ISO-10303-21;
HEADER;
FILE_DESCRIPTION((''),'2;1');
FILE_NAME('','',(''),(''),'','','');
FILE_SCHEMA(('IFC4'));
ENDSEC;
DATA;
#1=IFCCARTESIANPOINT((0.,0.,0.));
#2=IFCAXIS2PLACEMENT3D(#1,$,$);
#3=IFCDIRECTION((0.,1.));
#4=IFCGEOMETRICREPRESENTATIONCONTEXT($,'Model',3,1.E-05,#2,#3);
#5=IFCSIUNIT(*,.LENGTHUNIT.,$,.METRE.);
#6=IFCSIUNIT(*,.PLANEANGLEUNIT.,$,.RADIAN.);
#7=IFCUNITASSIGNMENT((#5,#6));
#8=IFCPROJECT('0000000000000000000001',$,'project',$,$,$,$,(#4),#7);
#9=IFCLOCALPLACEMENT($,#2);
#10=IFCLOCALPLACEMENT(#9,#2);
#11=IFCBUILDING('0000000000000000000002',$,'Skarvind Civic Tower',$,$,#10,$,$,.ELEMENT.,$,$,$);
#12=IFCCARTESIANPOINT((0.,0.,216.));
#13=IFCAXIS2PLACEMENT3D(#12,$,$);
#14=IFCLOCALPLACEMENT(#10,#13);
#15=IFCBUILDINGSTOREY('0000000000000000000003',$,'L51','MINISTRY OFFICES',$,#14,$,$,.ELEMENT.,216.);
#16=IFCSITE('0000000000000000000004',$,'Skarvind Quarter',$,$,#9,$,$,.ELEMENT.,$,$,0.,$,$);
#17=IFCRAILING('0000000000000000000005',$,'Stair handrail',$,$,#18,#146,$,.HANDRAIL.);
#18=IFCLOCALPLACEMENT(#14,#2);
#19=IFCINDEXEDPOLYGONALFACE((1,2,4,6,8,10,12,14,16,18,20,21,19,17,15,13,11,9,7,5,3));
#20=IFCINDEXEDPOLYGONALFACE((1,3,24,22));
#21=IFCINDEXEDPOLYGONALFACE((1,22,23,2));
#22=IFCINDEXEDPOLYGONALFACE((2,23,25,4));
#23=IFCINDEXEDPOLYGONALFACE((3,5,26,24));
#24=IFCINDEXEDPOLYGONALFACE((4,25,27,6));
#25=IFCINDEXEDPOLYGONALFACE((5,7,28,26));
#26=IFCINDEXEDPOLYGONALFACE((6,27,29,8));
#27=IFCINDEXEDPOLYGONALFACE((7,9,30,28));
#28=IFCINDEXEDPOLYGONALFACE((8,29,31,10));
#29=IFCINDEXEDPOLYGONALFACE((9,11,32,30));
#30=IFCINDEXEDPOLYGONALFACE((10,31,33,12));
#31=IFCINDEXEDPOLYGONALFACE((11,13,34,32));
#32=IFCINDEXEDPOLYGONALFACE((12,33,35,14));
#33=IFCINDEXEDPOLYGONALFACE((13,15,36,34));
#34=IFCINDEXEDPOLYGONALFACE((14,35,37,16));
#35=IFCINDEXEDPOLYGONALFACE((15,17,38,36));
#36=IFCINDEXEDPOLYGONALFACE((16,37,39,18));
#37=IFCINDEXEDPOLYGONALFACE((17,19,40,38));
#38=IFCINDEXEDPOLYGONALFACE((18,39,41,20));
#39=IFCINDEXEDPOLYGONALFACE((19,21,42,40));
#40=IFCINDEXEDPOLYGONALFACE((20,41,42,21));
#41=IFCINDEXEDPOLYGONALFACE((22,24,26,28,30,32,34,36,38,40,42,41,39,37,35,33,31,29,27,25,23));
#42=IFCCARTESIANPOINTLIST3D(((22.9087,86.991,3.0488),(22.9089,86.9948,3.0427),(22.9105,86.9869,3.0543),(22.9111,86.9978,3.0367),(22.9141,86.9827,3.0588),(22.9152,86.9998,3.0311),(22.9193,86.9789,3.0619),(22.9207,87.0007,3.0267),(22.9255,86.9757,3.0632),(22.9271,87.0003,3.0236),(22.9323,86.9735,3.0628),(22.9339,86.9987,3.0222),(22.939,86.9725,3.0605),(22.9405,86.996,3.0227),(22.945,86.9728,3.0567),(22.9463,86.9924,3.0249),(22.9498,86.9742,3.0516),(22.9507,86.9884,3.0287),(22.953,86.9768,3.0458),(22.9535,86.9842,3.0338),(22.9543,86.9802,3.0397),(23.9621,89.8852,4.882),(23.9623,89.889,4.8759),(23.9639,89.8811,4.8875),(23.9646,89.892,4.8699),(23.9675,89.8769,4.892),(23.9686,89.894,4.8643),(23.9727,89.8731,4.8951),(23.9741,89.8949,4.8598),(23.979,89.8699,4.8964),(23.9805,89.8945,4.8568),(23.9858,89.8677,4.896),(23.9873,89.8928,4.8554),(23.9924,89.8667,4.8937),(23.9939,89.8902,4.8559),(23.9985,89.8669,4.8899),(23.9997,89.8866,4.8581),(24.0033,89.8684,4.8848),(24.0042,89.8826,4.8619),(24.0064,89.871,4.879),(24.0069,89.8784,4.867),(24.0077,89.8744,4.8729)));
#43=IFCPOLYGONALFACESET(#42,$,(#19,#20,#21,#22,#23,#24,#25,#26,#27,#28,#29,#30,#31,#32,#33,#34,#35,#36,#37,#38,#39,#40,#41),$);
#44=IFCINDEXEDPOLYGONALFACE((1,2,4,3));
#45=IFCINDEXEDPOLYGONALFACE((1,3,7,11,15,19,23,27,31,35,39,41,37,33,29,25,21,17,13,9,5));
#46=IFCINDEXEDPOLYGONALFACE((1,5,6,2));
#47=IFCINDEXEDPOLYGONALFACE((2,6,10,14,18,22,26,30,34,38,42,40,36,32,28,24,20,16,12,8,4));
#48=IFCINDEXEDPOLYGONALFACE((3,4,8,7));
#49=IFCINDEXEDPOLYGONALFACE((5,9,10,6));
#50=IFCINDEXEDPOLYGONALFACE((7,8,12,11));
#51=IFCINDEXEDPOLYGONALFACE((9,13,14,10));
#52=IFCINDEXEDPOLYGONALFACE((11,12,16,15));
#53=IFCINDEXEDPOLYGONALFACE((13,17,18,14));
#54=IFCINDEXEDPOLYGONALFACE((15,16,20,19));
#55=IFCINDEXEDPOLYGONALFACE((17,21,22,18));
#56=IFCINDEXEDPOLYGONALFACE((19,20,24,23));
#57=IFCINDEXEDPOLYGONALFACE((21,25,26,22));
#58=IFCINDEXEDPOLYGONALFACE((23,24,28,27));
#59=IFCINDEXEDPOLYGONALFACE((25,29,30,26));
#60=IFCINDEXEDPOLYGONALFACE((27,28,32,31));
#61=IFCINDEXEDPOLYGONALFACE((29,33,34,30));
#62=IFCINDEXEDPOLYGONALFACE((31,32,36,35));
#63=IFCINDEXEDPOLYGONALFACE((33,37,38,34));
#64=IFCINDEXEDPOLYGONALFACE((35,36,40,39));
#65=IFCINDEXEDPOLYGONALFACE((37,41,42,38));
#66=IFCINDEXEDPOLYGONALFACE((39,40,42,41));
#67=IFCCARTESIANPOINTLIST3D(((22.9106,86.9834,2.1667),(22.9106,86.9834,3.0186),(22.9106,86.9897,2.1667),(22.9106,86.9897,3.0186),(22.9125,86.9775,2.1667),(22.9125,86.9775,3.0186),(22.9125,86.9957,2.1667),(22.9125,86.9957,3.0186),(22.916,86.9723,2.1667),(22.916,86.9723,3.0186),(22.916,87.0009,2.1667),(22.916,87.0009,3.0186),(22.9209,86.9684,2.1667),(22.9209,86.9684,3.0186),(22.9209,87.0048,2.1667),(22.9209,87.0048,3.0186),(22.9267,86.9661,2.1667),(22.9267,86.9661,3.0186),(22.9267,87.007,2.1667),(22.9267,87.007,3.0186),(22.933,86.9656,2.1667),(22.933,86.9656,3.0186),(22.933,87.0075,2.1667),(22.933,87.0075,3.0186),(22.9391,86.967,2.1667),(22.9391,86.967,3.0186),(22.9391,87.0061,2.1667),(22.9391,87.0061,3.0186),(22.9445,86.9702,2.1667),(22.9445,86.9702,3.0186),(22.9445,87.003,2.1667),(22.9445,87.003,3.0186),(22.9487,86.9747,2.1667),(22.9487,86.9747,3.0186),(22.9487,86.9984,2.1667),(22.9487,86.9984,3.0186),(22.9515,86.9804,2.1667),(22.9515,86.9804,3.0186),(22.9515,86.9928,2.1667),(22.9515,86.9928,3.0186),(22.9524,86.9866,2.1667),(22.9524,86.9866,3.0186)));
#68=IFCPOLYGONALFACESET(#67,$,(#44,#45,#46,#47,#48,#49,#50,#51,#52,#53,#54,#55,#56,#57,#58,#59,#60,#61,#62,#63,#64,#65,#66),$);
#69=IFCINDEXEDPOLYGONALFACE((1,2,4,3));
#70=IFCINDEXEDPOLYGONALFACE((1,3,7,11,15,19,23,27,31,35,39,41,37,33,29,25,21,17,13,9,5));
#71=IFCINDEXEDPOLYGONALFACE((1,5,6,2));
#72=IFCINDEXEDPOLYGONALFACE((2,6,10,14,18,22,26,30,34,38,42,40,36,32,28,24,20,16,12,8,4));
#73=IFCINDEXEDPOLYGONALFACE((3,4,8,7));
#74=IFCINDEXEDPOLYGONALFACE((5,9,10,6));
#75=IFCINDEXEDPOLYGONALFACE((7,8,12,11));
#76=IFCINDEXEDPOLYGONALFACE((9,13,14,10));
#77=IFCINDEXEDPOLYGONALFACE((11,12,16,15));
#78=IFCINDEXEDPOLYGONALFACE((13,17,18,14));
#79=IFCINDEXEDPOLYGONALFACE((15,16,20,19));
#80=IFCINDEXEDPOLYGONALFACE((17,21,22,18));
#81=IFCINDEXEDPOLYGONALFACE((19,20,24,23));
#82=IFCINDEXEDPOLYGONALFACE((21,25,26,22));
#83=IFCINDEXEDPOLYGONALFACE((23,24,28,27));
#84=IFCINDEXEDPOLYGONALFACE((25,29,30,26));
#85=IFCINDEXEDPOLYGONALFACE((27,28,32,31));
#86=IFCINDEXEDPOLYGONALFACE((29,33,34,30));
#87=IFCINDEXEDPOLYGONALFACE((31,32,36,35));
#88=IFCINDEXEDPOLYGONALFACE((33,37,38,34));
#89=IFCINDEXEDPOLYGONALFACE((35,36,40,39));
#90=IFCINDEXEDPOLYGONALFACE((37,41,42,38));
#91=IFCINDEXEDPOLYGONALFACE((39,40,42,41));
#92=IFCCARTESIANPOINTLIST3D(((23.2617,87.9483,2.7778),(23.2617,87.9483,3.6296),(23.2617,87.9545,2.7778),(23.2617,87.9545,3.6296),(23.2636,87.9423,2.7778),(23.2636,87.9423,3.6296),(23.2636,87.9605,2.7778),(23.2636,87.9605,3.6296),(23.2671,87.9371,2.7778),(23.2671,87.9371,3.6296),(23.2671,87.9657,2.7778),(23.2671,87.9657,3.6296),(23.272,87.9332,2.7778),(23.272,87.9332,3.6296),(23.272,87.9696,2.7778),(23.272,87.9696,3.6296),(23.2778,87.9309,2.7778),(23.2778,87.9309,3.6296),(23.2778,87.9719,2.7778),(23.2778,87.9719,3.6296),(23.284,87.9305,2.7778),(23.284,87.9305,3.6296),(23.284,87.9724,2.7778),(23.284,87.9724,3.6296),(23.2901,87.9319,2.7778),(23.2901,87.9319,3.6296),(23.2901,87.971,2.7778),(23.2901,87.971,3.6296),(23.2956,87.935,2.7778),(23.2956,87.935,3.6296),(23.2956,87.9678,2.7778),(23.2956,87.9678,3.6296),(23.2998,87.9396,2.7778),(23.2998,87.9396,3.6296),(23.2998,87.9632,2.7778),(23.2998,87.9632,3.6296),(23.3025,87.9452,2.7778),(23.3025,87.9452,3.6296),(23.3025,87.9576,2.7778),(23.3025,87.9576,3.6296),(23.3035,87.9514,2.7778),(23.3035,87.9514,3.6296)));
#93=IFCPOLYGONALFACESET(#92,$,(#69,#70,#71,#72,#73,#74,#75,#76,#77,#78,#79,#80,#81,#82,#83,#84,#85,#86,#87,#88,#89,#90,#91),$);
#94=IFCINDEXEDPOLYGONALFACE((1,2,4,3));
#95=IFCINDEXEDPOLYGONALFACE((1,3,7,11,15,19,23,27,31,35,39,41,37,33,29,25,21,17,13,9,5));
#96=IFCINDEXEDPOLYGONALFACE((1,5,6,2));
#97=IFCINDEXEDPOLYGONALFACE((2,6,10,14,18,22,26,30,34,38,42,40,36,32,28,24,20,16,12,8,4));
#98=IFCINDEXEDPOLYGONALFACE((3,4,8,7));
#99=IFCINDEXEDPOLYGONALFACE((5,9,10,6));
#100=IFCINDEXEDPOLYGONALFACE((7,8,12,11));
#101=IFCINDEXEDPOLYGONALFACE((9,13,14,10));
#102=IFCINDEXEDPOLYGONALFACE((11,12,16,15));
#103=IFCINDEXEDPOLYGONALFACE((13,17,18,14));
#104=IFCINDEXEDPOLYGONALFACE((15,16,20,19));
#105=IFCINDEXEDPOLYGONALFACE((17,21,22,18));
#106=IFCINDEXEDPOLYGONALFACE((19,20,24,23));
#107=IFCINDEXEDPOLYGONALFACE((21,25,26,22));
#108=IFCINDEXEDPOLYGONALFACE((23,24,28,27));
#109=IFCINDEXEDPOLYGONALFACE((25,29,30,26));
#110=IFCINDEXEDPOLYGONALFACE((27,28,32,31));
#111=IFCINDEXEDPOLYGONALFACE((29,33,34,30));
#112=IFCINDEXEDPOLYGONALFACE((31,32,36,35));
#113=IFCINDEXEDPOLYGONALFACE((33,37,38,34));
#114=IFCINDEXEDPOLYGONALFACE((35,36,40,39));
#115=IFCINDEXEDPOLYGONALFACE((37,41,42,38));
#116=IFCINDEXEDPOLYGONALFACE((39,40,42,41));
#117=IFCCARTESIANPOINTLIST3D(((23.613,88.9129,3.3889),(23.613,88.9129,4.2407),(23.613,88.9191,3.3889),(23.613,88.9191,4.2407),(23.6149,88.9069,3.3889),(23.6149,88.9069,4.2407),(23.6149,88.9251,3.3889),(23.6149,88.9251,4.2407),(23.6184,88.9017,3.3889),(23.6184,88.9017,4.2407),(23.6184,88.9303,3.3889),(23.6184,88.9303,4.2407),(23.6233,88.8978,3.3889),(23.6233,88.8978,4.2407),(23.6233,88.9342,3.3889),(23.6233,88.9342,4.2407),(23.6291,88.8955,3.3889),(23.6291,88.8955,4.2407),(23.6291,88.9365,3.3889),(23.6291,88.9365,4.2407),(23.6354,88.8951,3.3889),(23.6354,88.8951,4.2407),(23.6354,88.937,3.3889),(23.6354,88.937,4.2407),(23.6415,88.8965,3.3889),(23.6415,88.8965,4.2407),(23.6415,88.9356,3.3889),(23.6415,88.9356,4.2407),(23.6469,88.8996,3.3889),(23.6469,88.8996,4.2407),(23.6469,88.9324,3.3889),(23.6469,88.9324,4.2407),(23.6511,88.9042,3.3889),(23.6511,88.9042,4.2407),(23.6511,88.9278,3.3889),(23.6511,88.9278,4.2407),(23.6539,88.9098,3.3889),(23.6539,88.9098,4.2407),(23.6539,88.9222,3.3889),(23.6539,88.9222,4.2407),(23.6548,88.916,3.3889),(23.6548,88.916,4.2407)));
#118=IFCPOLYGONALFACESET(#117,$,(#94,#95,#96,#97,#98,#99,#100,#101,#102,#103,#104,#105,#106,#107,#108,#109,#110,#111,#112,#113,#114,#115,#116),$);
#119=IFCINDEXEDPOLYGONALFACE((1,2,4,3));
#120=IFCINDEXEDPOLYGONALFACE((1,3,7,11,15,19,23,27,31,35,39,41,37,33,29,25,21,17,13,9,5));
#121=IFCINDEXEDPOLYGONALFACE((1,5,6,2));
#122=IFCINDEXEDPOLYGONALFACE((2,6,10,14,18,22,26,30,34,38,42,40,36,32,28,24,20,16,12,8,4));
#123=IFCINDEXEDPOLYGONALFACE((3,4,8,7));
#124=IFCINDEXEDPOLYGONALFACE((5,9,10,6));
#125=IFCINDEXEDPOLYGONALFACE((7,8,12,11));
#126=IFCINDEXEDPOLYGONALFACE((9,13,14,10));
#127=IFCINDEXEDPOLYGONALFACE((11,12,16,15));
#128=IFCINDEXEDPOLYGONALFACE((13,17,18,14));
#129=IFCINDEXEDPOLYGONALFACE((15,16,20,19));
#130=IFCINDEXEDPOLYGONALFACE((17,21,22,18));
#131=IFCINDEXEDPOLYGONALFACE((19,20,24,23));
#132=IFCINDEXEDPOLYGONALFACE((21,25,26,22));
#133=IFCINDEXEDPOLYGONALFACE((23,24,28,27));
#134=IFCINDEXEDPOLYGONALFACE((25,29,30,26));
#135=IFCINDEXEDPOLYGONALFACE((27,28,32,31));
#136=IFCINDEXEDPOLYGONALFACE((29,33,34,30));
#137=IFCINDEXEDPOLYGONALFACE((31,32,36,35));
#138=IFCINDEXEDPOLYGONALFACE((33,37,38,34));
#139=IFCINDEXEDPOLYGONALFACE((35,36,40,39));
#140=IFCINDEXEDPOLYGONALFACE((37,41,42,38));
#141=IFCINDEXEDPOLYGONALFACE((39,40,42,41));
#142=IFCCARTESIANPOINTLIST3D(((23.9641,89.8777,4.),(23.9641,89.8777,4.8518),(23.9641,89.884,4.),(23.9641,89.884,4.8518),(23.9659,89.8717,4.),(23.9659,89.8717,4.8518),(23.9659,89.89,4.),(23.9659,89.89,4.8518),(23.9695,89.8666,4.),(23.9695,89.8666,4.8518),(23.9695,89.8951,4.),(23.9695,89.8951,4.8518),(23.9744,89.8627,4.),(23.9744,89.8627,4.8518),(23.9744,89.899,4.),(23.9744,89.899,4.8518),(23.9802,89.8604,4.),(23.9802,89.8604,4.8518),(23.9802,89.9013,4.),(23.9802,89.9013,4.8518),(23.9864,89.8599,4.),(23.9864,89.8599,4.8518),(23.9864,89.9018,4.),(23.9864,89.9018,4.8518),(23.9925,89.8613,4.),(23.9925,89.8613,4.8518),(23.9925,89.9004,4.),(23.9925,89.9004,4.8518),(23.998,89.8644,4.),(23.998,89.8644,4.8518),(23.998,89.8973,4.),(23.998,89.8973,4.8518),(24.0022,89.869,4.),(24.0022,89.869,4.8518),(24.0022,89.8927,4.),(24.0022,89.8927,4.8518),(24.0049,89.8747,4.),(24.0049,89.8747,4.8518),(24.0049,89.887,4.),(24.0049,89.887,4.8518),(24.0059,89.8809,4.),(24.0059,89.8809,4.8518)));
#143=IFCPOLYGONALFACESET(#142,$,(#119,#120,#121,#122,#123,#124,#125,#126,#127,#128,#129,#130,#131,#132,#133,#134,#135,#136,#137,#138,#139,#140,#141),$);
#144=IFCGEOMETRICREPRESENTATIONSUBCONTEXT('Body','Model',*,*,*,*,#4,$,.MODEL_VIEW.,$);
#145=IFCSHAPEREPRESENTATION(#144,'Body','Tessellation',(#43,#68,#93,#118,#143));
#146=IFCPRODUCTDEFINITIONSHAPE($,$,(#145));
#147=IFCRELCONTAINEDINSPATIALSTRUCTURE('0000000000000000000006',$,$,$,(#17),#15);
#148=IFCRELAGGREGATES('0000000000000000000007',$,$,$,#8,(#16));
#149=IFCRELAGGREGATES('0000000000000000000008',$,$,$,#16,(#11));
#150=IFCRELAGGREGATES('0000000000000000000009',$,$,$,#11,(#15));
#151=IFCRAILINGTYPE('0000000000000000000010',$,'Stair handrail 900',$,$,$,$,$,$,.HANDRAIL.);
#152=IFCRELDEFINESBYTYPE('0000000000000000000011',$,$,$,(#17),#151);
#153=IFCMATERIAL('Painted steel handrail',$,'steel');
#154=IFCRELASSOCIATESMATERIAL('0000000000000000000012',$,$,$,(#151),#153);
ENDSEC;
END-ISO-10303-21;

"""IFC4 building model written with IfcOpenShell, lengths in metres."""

from ifc_helpers import new_model, si_unit, direction, frame, origin, origin_2d, place, context, subcontext, project, spatial, circle, extrude, material, type_object, element, save


model = new_model("IFC4")

# Units and contexts
model_context = context("Model", 3, precision=1e-05, world=origin(), true_north=direction((0.0, 1.0)))
body_context = subcontext(model_context, "Body", "Model", "MODEL_VIEW")
ifc_project = project(units=[si_unit("LENGTHUNIT", "METRE"), si_unit("PLANEANGLEUNIT", "RADIAN")], contexts=[model_context])

# Site, building, storey
site_placement = place(None, origin())
site = spatial("IfcSite", under=ifc_project, at=site_placement, Name="Skarvind Quarter", CompositionType="ELEMENT", RefElevation=0.0)
building_placement = place(site_placement, origin())
building = spatial("IfcBuilding", under=site, at=building_placement, Name="Skarvind Civic Tower", CompositionType="ELEMENT")
storey_placement = place(building_placement, frame((0.0, 0.0, 216.0)))
storey = spatial("IfcBuildingStorey", under=building, at=storey_placement, Name="L51", Description="MINISTRY OFFICES", CompositionType="ELEMENT", Elevation=216.0)

# Railing
ifc_material_1 = material(Name="Painted steel handrail", Category="steel")
railing_type = type_object("IfcRailingType", Name="Stair handrail 900", PredefinedType="HANDRAIL", material=ifc_material_1)
railing_1_placement = place(storey_placement, frame((22.9314, 86.9866, 2.1667)))
element("IfcRailing", 1, at=railing_1_placement, inside=storey, type_object=railing_type, Name="Stair handrail", PredefinedType="HANDRAIL", context=body_context, shape_type="SweptSolid", body=[
    extrude(circle(Radius=0.0239, at=origin_2d()), frame((0.0, 0.0, 0.876), z_axis=(0.293908, 0.807481, 0.511461), x_axis=(-0.939689, 0.342029, 0.0)), (0.0, 0.0, 1.0), 3.5842),
    extrude(circle(Radius=0.021, at=origin_2d()), origin(), (0.0, 0.0, 1.0), 0.8518),
    extrude(circle(Radius=0.021, at=origin_2d()), frame((0.3511, 0.9648, 0.6111)), (0.0, 0.0, 1.0), 0.8518),
    extrude(circle(Radius=0.021, at=origin_2d()), frame((0.7024, 1.9294, 1.2222)), (0.0, 0.0, 1.0), 0.8518),
    extrude(circle(Radius=0.021, at=origin_2d()), frame((1.0535, 2.8943, 1.8333)), (0.0, 0.0, 1.0), 0.8518),
])

save(model, "model.ifc")
